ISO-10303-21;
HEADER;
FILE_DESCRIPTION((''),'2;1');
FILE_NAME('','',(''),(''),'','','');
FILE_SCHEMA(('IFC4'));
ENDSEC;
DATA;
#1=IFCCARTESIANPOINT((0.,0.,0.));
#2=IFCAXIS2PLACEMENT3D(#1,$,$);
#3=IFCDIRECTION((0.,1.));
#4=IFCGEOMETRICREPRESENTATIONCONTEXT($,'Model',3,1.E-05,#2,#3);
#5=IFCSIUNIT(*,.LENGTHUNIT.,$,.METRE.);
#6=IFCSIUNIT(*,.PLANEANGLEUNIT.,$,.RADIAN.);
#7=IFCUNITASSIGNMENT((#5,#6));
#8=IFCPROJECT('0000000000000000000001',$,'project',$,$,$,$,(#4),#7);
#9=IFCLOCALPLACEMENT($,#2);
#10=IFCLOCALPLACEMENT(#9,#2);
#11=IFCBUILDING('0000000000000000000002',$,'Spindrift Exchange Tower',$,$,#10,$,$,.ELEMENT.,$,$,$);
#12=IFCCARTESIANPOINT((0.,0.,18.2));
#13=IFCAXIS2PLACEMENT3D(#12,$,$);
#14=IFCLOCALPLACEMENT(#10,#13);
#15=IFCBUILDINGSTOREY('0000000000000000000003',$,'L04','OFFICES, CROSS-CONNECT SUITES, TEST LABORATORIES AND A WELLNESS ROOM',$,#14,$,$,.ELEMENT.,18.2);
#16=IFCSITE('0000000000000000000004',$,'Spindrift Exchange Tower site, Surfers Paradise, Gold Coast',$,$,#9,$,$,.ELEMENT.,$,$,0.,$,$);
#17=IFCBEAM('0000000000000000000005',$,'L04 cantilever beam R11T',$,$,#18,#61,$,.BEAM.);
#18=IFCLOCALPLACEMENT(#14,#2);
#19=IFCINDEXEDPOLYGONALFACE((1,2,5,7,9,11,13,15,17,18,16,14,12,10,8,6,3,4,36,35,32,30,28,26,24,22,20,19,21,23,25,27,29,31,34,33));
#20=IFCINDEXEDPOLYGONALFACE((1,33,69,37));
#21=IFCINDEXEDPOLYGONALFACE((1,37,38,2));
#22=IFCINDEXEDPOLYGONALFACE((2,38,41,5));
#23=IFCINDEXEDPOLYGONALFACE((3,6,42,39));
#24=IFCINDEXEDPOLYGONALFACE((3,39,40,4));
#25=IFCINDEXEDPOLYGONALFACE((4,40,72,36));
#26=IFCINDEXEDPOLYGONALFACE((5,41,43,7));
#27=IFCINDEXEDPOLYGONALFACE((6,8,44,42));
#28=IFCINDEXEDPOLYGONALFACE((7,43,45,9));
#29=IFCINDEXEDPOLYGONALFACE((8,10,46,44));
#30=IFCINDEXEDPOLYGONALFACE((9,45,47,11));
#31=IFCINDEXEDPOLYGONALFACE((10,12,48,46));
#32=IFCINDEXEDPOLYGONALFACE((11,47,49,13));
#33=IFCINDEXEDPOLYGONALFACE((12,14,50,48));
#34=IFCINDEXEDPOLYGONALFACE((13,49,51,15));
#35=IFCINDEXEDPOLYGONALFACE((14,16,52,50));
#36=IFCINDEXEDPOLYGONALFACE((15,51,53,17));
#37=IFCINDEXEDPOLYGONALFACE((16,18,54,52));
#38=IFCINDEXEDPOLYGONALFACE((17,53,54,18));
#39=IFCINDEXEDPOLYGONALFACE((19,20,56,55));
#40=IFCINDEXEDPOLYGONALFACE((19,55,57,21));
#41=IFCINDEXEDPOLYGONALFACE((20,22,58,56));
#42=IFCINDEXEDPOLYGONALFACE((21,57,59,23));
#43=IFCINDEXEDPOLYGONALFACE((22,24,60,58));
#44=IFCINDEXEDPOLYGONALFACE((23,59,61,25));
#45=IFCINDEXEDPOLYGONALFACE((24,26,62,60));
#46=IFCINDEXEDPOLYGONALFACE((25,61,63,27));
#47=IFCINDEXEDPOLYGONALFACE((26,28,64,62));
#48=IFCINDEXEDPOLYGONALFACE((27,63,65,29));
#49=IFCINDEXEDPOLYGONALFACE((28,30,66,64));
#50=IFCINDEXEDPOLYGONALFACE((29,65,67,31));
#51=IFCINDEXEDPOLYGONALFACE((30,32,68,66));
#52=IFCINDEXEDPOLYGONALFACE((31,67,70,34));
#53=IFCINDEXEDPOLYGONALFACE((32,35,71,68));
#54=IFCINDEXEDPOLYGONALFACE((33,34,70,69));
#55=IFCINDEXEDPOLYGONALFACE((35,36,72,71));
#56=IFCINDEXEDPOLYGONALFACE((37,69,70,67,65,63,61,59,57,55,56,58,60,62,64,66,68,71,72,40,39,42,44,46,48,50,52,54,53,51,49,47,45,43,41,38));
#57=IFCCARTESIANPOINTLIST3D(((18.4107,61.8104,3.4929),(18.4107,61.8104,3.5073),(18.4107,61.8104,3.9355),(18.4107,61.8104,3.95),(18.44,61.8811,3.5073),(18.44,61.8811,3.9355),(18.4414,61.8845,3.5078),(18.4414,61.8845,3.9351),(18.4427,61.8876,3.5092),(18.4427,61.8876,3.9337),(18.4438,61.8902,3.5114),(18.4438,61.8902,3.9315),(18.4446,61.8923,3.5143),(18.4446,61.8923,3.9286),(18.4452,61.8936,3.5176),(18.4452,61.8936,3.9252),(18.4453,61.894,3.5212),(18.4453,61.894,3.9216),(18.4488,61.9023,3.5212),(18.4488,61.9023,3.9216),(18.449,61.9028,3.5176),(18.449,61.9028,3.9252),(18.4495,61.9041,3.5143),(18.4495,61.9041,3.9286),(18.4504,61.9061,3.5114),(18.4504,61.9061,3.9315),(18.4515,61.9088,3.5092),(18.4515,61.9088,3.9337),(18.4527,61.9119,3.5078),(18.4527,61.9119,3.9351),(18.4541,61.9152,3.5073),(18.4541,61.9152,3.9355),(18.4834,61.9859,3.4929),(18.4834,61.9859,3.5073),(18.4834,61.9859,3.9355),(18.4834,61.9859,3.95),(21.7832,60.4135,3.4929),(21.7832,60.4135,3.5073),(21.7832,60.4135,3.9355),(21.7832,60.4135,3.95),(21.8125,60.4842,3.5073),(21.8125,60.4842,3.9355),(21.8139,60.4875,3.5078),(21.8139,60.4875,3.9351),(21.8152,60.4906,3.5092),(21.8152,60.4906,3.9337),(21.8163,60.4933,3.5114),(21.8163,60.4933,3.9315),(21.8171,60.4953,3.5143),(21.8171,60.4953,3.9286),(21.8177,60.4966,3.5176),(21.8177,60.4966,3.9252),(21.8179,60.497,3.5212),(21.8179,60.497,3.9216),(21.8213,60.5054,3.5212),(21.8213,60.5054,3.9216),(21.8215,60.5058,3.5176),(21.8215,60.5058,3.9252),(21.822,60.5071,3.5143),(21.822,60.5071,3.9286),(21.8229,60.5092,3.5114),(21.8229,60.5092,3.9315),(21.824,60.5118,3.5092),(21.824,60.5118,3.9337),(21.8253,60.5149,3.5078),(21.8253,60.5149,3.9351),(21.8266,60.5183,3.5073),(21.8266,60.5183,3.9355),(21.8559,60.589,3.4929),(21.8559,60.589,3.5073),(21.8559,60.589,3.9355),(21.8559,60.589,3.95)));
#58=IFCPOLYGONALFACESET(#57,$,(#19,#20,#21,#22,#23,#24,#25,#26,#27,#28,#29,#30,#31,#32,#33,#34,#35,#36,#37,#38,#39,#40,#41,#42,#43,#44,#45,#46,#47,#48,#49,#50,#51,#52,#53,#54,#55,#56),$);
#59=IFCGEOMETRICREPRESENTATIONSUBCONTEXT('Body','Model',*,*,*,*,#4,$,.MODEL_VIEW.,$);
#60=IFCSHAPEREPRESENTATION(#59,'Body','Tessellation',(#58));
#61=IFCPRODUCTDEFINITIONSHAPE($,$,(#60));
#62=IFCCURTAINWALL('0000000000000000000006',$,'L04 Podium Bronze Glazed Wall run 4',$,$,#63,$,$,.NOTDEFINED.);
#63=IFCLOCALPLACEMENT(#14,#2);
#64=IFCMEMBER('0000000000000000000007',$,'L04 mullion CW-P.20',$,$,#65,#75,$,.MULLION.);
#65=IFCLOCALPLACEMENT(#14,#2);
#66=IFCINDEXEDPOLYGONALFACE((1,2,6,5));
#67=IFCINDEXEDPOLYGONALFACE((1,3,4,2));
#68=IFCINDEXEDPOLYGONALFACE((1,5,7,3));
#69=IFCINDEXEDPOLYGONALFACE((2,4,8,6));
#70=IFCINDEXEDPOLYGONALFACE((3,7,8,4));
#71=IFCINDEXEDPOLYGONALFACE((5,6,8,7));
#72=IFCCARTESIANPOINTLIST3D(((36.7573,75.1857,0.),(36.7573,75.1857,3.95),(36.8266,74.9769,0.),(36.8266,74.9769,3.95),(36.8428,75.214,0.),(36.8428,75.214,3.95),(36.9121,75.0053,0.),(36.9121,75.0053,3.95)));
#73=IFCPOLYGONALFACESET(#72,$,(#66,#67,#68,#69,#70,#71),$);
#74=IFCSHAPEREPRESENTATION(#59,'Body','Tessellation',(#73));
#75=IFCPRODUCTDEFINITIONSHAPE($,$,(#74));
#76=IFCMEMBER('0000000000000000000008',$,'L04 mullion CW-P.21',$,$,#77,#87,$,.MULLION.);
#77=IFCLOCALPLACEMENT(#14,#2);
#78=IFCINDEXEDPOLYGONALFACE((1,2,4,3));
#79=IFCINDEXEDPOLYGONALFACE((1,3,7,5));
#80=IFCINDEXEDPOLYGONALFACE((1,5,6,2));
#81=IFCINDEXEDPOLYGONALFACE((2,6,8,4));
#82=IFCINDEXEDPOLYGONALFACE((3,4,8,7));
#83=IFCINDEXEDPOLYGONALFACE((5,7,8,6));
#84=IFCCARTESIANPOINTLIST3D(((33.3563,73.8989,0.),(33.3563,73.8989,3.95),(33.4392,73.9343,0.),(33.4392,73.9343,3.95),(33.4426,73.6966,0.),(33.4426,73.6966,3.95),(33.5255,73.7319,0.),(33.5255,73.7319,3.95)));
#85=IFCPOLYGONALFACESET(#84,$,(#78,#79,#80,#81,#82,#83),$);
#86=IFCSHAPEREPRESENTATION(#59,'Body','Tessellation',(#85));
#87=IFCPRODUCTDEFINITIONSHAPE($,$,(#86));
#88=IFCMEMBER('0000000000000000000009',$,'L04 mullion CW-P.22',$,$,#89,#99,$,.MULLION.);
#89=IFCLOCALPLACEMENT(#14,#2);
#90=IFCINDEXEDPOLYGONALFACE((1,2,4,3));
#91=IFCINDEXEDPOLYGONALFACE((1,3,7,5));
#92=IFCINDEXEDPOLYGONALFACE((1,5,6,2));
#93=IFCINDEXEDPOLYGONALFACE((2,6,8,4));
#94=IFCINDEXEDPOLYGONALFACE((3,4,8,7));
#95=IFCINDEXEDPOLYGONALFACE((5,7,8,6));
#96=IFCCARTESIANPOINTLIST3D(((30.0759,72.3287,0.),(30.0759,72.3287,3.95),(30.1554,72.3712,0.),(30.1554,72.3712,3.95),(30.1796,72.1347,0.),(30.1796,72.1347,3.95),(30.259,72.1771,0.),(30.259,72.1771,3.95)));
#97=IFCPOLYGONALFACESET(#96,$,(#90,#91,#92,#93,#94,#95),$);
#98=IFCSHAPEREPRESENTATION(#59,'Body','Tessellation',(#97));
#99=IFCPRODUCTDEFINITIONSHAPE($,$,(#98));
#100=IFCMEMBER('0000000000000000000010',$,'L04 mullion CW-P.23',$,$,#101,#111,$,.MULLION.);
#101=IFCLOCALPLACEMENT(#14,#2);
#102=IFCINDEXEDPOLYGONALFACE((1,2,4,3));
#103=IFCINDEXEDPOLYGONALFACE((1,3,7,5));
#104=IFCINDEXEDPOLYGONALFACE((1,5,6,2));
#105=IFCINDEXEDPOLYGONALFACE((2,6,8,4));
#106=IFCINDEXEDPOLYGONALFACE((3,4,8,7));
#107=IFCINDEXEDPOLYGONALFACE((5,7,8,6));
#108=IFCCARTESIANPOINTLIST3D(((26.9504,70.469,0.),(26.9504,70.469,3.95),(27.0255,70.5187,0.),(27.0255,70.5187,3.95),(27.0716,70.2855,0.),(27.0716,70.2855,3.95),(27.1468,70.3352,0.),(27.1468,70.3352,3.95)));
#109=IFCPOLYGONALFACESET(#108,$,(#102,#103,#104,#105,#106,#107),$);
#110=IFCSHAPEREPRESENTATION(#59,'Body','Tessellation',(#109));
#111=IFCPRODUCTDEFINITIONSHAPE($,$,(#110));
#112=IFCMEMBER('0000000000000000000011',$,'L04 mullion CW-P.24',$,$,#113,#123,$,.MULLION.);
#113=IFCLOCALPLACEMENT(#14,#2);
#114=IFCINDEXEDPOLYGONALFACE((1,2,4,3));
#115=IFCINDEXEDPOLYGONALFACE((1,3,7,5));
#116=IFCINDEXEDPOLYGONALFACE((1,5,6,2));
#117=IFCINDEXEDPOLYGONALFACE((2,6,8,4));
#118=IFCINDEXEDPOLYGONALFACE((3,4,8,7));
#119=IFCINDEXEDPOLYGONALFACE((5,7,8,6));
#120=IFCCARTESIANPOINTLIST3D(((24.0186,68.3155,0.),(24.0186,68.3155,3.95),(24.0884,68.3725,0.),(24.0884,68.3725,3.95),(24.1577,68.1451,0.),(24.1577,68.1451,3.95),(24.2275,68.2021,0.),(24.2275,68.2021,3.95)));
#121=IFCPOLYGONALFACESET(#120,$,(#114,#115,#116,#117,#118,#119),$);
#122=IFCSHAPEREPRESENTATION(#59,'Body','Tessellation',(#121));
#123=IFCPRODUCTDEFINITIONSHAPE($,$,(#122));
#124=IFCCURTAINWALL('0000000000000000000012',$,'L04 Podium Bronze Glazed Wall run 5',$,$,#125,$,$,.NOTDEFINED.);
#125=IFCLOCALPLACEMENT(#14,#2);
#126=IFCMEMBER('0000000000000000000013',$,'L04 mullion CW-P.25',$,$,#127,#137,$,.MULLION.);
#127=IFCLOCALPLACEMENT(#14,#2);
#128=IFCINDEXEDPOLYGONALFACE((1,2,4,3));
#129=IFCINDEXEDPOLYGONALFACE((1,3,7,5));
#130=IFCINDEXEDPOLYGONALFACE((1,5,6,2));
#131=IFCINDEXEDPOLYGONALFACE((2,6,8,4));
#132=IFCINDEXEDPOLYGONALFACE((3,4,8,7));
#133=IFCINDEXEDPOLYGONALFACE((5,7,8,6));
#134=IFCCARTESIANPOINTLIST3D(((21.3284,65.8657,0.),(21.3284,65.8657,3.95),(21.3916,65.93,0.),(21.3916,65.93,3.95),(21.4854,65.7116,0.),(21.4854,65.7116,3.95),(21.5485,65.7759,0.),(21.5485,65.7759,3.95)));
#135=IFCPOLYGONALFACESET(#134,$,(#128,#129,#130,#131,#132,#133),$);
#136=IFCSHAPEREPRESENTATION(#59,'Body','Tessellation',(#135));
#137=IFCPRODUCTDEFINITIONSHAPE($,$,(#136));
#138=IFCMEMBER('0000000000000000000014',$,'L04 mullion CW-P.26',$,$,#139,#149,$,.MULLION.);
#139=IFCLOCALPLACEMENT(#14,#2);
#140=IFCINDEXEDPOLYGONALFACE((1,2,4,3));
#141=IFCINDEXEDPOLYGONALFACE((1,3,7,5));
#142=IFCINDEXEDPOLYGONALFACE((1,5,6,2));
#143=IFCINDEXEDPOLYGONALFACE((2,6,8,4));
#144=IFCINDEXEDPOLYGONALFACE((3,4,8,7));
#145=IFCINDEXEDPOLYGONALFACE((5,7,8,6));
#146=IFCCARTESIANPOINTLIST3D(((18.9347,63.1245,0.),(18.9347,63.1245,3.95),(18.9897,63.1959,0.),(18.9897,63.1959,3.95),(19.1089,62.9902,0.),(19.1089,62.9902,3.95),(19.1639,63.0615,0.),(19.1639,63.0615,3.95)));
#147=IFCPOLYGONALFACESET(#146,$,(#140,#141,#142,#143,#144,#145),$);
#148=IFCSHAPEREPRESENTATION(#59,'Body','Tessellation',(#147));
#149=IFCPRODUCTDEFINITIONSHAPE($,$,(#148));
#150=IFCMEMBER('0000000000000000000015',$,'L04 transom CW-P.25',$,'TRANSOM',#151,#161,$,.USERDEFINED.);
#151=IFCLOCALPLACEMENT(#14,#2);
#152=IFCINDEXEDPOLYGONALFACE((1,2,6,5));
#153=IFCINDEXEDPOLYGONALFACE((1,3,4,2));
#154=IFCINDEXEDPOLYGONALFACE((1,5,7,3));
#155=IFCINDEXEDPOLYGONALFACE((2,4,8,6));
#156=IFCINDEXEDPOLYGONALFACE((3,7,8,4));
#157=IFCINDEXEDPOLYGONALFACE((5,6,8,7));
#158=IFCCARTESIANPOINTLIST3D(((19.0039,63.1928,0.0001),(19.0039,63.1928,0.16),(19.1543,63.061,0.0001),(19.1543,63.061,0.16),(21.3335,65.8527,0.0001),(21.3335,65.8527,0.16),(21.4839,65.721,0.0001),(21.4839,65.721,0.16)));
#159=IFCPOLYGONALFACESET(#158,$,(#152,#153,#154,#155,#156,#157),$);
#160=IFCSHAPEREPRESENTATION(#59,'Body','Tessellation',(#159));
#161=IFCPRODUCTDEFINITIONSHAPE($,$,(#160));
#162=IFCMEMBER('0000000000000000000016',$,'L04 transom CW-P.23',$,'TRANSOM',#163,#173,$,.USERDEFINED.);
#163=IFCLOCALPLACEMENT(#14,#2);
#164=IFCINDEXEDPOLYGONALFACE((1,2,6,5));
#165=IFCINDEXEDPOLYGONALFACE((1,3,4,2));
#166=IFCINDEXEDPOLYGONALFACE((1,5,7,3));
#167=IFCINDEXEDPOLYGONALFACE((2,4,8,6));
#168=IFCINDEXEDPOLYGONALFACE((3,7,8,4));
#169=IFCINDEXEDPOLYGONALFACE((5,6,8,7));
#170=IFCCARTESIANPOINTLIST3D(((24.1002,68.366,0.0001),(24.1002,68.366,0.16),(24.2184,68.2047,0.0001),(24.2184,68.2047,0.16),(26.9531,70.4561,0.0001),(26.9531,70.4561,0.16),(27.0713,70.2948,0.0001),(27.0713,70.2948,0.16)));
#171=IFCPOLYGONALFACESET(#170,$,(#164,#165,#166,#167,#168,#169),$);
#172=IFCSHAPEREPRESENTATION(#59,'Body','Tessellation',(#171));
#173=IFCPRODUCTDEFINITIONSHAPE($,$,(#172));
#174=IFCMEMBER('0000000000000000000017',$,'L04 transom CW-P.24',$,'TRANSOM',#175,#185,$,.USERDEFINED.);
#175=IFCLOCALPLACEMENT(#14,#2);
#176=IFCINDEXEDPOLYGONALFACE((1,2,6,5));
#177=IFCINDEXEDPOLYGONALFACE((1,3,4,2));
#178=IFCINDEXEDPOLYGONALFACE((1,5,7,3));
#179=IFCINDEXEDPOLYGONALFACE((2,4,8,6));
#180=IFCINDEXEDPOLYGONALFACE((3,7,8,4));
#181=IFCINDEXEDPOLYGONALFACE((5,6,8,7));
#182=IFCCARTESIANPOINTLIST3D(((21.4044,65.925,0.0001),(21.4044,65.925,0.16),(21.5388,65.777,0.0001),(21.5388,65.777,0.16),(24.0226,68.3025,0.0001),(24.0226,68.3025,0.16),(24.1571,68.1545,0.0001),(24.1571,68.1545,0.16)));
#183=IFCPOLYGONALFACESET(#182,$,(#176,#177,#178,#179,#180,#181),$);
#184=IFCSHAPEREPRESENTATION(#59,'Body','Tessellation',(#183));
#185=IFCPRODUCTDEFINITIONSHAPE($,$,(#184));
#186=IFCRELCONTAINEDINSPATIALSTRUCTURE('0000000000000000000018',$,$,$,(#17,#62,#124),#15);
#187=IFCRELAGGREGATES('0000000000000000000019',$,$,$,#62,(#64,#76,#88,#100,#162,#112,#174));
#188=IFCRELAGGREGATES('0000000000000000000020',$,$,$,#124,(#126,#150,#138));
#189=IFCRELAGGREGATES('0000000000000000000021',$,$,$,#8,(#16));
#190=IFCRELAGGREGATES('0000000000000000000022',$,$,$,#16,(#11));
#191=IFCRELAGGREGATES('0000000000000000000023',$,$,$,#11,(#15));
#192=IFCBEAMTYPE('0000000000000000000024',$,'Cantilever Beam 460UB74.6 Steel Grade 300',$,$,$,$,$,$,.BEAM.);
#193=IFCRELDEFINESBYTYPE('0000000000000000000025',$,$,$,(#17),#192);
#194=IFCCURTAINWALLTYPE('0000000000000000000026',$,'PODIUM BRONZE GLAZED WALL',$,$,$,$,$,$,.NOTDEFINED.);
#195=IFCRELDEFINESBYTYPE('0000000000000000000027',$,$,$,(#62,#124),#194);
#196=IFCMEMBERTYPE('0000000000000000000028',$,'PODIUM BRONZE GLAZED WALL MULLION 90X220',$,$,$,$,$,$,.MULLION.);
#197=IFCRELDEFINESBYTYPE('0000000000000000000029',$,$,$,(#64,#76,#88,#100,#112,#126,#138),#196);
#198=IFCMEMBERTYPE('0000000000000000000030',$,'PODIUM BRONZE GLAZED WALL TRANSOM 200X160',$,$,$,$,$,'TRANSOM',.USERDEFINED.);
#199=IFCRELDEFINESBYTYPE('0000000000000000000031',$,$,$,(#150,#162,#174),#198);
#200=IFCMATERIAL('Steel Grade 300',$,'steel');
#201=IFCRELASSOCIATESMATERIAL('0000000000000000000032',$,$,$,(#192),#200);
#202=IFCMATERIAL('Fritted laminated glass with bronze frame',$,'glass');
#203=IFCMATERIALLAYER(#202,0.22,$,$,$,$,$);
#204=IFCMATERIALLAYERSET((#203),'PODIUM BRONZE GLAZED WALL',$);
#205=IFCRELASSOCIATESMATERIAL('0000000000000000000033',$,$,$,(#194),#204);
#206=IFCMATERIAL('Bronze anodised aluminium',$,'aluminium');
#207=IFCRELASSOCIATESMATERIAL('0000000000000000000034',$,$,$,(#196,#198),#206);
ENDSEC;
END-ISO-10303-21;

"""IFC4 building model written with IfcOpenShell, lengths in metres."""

from ifc_helpers import new_model, si_unit, direction, frame, origin, origin_2d, place, context, subcontext, project, spatial, rectangle, i_section, extrude, source, transform, mapped, material, layer, layer_set, material_profile, profile_set, type_object, element, aggregate, save


model = new_model("IFC4")

# Units and contexts
model_context = context("Model", 3, precision=1e-05, world=origin(), true_north=direction((0.0, 1.0)))
body_context = subcontext(model_context, "Body", "Model", "MODEL_VIEW")
ifc_project = project(units=[si_unit("LENGTHUNIT", "METRE"), si_unit("PLANEANGLEUNIT", "RADIAN")], contexts=[model_context])

# Site, building, storey
site_placement = place(None, origin())
site = spatial("IfcSite", under=ifc_project, at=site_placement, Name="Spindrift Exchange Tower site, Surfers Paradise, Gold Coast", CompositionType="ELEMENT", RefElevation=0.0)
building_placement = place(site_placement, origin())
building = spatial("IfcBuilding", under=site, at=building_placement, Name="Spindrift Exchange Tower", CompositionType="ELEMENT")
storey_placement = place(building_placement, frame((0.0, 0.0, 18.2)))
storey = spatial("IfcBuildingStorey", under=building, at=storey_placement, Name="L04", Description="OFFICES, CROSS-CONNECT SUITES, TEST LABORATORIES AND A WELLNESS ROOM", CompositionType="ELEMENT", Elevation=18.2)

# Beam
ifc_material_1 = material(Name="Steel Grade 300", Category="steel")
ifc_material_profile_1 = material_profile(ifc_material_1, i_section(OverallWidth=0.1899, OverallDepth=0.457, WebThickness=0.009, FlangeThickness=0.0144, FilletRadius=0.0139, at=origin_2d()), Name="460UB74.6")
ifc_profile_set_1 = profile_set([ifc_material_profile_1], Name="Steel Grade 300")
beam_type_1 = type_object("IfcBeamType", Name="Cantilever Beam 460UB74.6 Steel Grade 300", PredefinedType="BEAM", material=ifc_profile_set_1)
shared_shape_1 = source(origin(), body_context, "Body", "SweptSolid", [
    extrude(i_section(OverallWidth=0.1899, OverallDepth=0.457, WebThickness=0.009, FlangeThickness=0.0144, FilletRadius=0.0139, at=origin_2d()), origin(), (0.0, 0.0, 1.0), 3.6504),
])
beam_1_placement = place(storey_placement, frame((21.8196, 60.5012, 3.7214), z_axis=(-0.923878, 0.382687, 0.0), x_axis=(-0.382687, -0.923878, 0.0)))
element("IfcBeam", 1, at=beam_1_placement, inside=storey, type_object=beam_type_1, Name="L04 cantilever beam R11T", PredefinedType="BEAM", context=body_context, shape_type="MappedRepresentation", body=[
    mapped(shared_shape_1, transform((0.0, 0.0, 0.0), scale=1.0)),
])

# Curtain walls, members
ifc_material_2 = material(Name="Fritted laminated glass with bronze frame", Category="glass")
ifc_layer_1 = layer(ifc_material_2, 0.22)
ifc_layer_set_1 = layer_set([ifc_layer_1], Name="PODIUM BRONZE GLAZED WALL")
curtain_wall_type = type_object("IfcCurtainWallType", Name="PODIUM BRONZE GLAZED WALL", PredefinedType="NOTDEFINED", material=ifc_layer_set_1)
curtain_wall_1_placement = place(storey_placement, origin())
curtain_wall_1 = element("IfcCurtainWall", 2, at=curtain_wall_1_placement, inside=storey, type_object=curtain_wall_type, Name="L04 Podium Bronze Glazed Wall run 4", PredefinedType="NOTDEFINED")
ifc_material_3 = material(Name="Bronze anodised aluminium", Category="aluminium")
ifc_material_profile_2 = material_profile(ifc_material_3, rectangle(XDim=0.0901, YDim=0.22, at=origin_2d()), Name="PODIUM BRONZE GLAZED WALL MULLION 90X220")
ifc_profile_set_2 = profile_set([ifc_material_profile_2], Name="Bronze anodised aluminium")
member_type_1 = type_object("IfcMemberType", Name="PODIUM BRONZE GLAZED WALL MULLION 90X220", PredefinedType="MULLION", material=ifc_profile_set_2)
shared_shape_2 = source(origin(), body_context, "Body", "SweptSolid", [
    extrude(rectangle(XDim=0.0901, YDim=0.22, at=origin_2d()), origin(), (0.0, 0.0, 1.0), 3.95),
])
member_1_placement = place(storey_placement, frame((36.8347, 75.0955, 0.0), z_axis=(0.0, 0.0, 1.0), x_axis=(-0.9491, -0.314974, 0.0)))
member_1 = element("IfcMember", 3, at=member_1_placement, type_object=member_type_1, Name="L04 mullion CW-P.20", PredefinedType="MULLION", context=body_context, shape_type="MappedRepresentation", body=[
    mapped(shared_shape_2, transform((0.0, 0.0, 0.0), scale=1.0)),
])
member_2_placement = place(storey_placement, frame((33.4409, 73.8154, 0.0), z_axis=(0.0, 0.0, 1.0), x_axis=(-0.919884, -0.39219, 0.0)))
member_2 = element("IfcMember", 4, at=member_2_placement, type_object=member_type_1, Name="L04 mullion CW-P.21", PredefinedType="MULLION", context=body_context, shape_type="MappedRepresentation", body=[
    mapped(shared_shape_2, transform((0.0, 0.0, 0.0), scale=1.0)),
])
member_3_placement = place(storey_placement, frame((30.1675, 72.2529, 0.0), z_axis=(0.0, 0.0, 1.0), x_axis=(-0.882122, -0.471021, 0.0)))
member_3 = element("IfcMember", 5, at=member_3_placement, type_object=member_type_1, Name="L04 mullion CW-P.22", PredefinedType="MULLION", context=body_context, shape_type="MappedRepresentation", body=[
    mapped(shared_shape_2, transform((0.0, 0.0, 0.0), scale=1.0)),
])
member_4_placement = place(storey_placement, frame((27.0486, 70.4021, 0.0), z_axis=(0.0, 0.0, 1.0), x_axis=(-0.834296, -0.551317, 0.0)))
member_4 = element("IfcMember", 6, at=member_4_placement, type_object=member_type_1, Name="L04 mullion CW-P.23", PredefinedType="MULLION", context=body_context, shape_type="MappedRepresentation", body=[
    mapped(shared_shape_2, transform((0.0, 0.0, 0.0), scale=1.0)),
])
member_5_placement = place(storey_placement, frame((24.123, 68.2588, 0.0), z_axis=(0.0, 0.0, 1.0), x_axis=(-0.774543, -0.632521, 0.0)))
member_5 = element("IfcMember", 7, at=member_5_placement, type_object=member_type_1, Name="L04 mullion CW-P.24", PredefinedType="MULLION", context=body_context, shape_type="MappedRepresentation", body=[
    mapped(shared_shape_2, transform((0.0, 0.0, 0.0), scale=1.0)),
])
curtain_wall_2_placement = place(storey_placement, origin())
curtain_wall_2 = element("IfcCurtainWall", 8, at=curtain_wall_2_placement, inside=storey, type_object=curtain_wall_type, Name="L04 Podium Bronze Glazed Wall run 5", PredefinedType="NOTDEFINED")
member_6_placement = place(storey_placement, frame((21.4385, 65.8208, 0.0), z_axis=(0.0, 0.0, 1.0), x_axis=(-0.700723, -0.713433, 0.0)))
member_6 = element("IfcMember", 9, at=member_6_placement, type_object=member_type_1, Name="L04 mullion CW-P.25", PredefinedType="MULLION", context=body_context, shape_type="MappedRepresentation", body=[
    mapped(shared_shape_2, transform((0.0, 0.0, 0.0), scale=1.0)),
])
member_7_placement = place(storey_placement, frame((19.0493, 63.093, 0.0), z_axis=(0.0, 0.0, 1.0), x_axis=(-0.610696, -0.791865, 0.0)))
member_7 = element("IfcMember", 10, at=member_7_placement, type_object=member_type_1, Name="L04 mullion CW-P.26", PredefinedType="MULLION", context=body_context, shape_type="MappedRepresentation", body=[
    mapped(shared_shape_2, transform((0.0, 0.0, 0.0), scale=1.0)),
])
ifc_material_profile_3 = material_profile(ifc_material_3, rectangle(XDim=0.2, YDim=0.1599, at=origin_2d()), Name="PODIUM BRONZE GLAZED WALL TRANSOM 200X160")
ifc_profile_set_3 = profile_set([ifc_material_profile_3], Name="Bronze anodised aluminium")
member_type_2 = type_object("IfcMemberType", Name="PODIUM BRONZE GLAZED WALL TRANSOM 200X160", ElementType="TRANSOM", PredefinedType="USERDEFINED", material=ifc_profile_set_3)
shared_shape_3 = source(origin(), body_context, "Body", "SweptSolid", [
    extrude(rectangle(XDim=0.2, YDim=0.1599, at=origin_2d()), origin(), (0.0, 0.0, 1.0), 3.5359),
])
member_8_placement = place(storey_placement, frame((21.4087, 65.7869, 0.0801), z_axis=(-0.658852, -0.752273, 0.0), x_axis=(0.752273, -0.658852, 0.0)))
member_8 = element("IfcMember", 11, at=member_8_placement, type_object=member_type_2, Name="L04 transom CW-P.25", ObjectType="TRANSOM", PredefinedType="USERDEFINED", context=body_context, shape_type="MappedRepresentation", body=[
    mapped(shared_shape_3, transform((0.0, 0.0, 0.0), scale=1.0)),
])

# Members
shared_shape_4 = source(origin(), body_context, "Body", "SweptSolid", [
    extrude(rectangle(XDim=0.2, YDim=0.1599, at=origin_2d()), origin(), (0.0, 0.0, 1.0), 3.5366),
])
member_9_placement = place(storey_placement, frame((27.0122, 70.3755, 0.0801), z_axis=(-0.806668, -0.591004, 0.0), x_axis=(0.591004, -0.806668, 0.0)))
member_9 = element("IfcMember", 12, at=member_9_placement, type_object=member_type_2, Name="L04 transom CW-P.23", ObjectType="TRANSOM", PredefinedType="USERDEFINED", context=body_context, shape_type="MappedRepresentation", body=[
    mapped(shared_shape_4, transform((0.0, 0.0, 0.0), scale=1.0)),
])
member_10_placement = place(storey_placement, frame((24.0898, 68.2285, 0.0801), z_axis=(-0.740321, -0.672253, 0.0), x_axis=(0.672253, -0.740321, 0.0)))
member_10 = element("IfcMember", 13, at=member_10_placement, type_object=member_type_2, Name="L04 transom CW-P.24", ObjectType="TRANSOM", PredefinedType="USERDEFINED", context=body_context, shape_type="MappedRepresentation", body=[
    mapped(shared_shape_4, transform((0.0, 0.0, 0.0), scale=1.0)),
])

aggregate(curtain_wall_1, [member_1, member_2, member_3, member_4, member_9, member_5, member_10])
aggregate(curtain_wall_2, [member_6, member_8, member_7])

save(model, "model.ifc")
